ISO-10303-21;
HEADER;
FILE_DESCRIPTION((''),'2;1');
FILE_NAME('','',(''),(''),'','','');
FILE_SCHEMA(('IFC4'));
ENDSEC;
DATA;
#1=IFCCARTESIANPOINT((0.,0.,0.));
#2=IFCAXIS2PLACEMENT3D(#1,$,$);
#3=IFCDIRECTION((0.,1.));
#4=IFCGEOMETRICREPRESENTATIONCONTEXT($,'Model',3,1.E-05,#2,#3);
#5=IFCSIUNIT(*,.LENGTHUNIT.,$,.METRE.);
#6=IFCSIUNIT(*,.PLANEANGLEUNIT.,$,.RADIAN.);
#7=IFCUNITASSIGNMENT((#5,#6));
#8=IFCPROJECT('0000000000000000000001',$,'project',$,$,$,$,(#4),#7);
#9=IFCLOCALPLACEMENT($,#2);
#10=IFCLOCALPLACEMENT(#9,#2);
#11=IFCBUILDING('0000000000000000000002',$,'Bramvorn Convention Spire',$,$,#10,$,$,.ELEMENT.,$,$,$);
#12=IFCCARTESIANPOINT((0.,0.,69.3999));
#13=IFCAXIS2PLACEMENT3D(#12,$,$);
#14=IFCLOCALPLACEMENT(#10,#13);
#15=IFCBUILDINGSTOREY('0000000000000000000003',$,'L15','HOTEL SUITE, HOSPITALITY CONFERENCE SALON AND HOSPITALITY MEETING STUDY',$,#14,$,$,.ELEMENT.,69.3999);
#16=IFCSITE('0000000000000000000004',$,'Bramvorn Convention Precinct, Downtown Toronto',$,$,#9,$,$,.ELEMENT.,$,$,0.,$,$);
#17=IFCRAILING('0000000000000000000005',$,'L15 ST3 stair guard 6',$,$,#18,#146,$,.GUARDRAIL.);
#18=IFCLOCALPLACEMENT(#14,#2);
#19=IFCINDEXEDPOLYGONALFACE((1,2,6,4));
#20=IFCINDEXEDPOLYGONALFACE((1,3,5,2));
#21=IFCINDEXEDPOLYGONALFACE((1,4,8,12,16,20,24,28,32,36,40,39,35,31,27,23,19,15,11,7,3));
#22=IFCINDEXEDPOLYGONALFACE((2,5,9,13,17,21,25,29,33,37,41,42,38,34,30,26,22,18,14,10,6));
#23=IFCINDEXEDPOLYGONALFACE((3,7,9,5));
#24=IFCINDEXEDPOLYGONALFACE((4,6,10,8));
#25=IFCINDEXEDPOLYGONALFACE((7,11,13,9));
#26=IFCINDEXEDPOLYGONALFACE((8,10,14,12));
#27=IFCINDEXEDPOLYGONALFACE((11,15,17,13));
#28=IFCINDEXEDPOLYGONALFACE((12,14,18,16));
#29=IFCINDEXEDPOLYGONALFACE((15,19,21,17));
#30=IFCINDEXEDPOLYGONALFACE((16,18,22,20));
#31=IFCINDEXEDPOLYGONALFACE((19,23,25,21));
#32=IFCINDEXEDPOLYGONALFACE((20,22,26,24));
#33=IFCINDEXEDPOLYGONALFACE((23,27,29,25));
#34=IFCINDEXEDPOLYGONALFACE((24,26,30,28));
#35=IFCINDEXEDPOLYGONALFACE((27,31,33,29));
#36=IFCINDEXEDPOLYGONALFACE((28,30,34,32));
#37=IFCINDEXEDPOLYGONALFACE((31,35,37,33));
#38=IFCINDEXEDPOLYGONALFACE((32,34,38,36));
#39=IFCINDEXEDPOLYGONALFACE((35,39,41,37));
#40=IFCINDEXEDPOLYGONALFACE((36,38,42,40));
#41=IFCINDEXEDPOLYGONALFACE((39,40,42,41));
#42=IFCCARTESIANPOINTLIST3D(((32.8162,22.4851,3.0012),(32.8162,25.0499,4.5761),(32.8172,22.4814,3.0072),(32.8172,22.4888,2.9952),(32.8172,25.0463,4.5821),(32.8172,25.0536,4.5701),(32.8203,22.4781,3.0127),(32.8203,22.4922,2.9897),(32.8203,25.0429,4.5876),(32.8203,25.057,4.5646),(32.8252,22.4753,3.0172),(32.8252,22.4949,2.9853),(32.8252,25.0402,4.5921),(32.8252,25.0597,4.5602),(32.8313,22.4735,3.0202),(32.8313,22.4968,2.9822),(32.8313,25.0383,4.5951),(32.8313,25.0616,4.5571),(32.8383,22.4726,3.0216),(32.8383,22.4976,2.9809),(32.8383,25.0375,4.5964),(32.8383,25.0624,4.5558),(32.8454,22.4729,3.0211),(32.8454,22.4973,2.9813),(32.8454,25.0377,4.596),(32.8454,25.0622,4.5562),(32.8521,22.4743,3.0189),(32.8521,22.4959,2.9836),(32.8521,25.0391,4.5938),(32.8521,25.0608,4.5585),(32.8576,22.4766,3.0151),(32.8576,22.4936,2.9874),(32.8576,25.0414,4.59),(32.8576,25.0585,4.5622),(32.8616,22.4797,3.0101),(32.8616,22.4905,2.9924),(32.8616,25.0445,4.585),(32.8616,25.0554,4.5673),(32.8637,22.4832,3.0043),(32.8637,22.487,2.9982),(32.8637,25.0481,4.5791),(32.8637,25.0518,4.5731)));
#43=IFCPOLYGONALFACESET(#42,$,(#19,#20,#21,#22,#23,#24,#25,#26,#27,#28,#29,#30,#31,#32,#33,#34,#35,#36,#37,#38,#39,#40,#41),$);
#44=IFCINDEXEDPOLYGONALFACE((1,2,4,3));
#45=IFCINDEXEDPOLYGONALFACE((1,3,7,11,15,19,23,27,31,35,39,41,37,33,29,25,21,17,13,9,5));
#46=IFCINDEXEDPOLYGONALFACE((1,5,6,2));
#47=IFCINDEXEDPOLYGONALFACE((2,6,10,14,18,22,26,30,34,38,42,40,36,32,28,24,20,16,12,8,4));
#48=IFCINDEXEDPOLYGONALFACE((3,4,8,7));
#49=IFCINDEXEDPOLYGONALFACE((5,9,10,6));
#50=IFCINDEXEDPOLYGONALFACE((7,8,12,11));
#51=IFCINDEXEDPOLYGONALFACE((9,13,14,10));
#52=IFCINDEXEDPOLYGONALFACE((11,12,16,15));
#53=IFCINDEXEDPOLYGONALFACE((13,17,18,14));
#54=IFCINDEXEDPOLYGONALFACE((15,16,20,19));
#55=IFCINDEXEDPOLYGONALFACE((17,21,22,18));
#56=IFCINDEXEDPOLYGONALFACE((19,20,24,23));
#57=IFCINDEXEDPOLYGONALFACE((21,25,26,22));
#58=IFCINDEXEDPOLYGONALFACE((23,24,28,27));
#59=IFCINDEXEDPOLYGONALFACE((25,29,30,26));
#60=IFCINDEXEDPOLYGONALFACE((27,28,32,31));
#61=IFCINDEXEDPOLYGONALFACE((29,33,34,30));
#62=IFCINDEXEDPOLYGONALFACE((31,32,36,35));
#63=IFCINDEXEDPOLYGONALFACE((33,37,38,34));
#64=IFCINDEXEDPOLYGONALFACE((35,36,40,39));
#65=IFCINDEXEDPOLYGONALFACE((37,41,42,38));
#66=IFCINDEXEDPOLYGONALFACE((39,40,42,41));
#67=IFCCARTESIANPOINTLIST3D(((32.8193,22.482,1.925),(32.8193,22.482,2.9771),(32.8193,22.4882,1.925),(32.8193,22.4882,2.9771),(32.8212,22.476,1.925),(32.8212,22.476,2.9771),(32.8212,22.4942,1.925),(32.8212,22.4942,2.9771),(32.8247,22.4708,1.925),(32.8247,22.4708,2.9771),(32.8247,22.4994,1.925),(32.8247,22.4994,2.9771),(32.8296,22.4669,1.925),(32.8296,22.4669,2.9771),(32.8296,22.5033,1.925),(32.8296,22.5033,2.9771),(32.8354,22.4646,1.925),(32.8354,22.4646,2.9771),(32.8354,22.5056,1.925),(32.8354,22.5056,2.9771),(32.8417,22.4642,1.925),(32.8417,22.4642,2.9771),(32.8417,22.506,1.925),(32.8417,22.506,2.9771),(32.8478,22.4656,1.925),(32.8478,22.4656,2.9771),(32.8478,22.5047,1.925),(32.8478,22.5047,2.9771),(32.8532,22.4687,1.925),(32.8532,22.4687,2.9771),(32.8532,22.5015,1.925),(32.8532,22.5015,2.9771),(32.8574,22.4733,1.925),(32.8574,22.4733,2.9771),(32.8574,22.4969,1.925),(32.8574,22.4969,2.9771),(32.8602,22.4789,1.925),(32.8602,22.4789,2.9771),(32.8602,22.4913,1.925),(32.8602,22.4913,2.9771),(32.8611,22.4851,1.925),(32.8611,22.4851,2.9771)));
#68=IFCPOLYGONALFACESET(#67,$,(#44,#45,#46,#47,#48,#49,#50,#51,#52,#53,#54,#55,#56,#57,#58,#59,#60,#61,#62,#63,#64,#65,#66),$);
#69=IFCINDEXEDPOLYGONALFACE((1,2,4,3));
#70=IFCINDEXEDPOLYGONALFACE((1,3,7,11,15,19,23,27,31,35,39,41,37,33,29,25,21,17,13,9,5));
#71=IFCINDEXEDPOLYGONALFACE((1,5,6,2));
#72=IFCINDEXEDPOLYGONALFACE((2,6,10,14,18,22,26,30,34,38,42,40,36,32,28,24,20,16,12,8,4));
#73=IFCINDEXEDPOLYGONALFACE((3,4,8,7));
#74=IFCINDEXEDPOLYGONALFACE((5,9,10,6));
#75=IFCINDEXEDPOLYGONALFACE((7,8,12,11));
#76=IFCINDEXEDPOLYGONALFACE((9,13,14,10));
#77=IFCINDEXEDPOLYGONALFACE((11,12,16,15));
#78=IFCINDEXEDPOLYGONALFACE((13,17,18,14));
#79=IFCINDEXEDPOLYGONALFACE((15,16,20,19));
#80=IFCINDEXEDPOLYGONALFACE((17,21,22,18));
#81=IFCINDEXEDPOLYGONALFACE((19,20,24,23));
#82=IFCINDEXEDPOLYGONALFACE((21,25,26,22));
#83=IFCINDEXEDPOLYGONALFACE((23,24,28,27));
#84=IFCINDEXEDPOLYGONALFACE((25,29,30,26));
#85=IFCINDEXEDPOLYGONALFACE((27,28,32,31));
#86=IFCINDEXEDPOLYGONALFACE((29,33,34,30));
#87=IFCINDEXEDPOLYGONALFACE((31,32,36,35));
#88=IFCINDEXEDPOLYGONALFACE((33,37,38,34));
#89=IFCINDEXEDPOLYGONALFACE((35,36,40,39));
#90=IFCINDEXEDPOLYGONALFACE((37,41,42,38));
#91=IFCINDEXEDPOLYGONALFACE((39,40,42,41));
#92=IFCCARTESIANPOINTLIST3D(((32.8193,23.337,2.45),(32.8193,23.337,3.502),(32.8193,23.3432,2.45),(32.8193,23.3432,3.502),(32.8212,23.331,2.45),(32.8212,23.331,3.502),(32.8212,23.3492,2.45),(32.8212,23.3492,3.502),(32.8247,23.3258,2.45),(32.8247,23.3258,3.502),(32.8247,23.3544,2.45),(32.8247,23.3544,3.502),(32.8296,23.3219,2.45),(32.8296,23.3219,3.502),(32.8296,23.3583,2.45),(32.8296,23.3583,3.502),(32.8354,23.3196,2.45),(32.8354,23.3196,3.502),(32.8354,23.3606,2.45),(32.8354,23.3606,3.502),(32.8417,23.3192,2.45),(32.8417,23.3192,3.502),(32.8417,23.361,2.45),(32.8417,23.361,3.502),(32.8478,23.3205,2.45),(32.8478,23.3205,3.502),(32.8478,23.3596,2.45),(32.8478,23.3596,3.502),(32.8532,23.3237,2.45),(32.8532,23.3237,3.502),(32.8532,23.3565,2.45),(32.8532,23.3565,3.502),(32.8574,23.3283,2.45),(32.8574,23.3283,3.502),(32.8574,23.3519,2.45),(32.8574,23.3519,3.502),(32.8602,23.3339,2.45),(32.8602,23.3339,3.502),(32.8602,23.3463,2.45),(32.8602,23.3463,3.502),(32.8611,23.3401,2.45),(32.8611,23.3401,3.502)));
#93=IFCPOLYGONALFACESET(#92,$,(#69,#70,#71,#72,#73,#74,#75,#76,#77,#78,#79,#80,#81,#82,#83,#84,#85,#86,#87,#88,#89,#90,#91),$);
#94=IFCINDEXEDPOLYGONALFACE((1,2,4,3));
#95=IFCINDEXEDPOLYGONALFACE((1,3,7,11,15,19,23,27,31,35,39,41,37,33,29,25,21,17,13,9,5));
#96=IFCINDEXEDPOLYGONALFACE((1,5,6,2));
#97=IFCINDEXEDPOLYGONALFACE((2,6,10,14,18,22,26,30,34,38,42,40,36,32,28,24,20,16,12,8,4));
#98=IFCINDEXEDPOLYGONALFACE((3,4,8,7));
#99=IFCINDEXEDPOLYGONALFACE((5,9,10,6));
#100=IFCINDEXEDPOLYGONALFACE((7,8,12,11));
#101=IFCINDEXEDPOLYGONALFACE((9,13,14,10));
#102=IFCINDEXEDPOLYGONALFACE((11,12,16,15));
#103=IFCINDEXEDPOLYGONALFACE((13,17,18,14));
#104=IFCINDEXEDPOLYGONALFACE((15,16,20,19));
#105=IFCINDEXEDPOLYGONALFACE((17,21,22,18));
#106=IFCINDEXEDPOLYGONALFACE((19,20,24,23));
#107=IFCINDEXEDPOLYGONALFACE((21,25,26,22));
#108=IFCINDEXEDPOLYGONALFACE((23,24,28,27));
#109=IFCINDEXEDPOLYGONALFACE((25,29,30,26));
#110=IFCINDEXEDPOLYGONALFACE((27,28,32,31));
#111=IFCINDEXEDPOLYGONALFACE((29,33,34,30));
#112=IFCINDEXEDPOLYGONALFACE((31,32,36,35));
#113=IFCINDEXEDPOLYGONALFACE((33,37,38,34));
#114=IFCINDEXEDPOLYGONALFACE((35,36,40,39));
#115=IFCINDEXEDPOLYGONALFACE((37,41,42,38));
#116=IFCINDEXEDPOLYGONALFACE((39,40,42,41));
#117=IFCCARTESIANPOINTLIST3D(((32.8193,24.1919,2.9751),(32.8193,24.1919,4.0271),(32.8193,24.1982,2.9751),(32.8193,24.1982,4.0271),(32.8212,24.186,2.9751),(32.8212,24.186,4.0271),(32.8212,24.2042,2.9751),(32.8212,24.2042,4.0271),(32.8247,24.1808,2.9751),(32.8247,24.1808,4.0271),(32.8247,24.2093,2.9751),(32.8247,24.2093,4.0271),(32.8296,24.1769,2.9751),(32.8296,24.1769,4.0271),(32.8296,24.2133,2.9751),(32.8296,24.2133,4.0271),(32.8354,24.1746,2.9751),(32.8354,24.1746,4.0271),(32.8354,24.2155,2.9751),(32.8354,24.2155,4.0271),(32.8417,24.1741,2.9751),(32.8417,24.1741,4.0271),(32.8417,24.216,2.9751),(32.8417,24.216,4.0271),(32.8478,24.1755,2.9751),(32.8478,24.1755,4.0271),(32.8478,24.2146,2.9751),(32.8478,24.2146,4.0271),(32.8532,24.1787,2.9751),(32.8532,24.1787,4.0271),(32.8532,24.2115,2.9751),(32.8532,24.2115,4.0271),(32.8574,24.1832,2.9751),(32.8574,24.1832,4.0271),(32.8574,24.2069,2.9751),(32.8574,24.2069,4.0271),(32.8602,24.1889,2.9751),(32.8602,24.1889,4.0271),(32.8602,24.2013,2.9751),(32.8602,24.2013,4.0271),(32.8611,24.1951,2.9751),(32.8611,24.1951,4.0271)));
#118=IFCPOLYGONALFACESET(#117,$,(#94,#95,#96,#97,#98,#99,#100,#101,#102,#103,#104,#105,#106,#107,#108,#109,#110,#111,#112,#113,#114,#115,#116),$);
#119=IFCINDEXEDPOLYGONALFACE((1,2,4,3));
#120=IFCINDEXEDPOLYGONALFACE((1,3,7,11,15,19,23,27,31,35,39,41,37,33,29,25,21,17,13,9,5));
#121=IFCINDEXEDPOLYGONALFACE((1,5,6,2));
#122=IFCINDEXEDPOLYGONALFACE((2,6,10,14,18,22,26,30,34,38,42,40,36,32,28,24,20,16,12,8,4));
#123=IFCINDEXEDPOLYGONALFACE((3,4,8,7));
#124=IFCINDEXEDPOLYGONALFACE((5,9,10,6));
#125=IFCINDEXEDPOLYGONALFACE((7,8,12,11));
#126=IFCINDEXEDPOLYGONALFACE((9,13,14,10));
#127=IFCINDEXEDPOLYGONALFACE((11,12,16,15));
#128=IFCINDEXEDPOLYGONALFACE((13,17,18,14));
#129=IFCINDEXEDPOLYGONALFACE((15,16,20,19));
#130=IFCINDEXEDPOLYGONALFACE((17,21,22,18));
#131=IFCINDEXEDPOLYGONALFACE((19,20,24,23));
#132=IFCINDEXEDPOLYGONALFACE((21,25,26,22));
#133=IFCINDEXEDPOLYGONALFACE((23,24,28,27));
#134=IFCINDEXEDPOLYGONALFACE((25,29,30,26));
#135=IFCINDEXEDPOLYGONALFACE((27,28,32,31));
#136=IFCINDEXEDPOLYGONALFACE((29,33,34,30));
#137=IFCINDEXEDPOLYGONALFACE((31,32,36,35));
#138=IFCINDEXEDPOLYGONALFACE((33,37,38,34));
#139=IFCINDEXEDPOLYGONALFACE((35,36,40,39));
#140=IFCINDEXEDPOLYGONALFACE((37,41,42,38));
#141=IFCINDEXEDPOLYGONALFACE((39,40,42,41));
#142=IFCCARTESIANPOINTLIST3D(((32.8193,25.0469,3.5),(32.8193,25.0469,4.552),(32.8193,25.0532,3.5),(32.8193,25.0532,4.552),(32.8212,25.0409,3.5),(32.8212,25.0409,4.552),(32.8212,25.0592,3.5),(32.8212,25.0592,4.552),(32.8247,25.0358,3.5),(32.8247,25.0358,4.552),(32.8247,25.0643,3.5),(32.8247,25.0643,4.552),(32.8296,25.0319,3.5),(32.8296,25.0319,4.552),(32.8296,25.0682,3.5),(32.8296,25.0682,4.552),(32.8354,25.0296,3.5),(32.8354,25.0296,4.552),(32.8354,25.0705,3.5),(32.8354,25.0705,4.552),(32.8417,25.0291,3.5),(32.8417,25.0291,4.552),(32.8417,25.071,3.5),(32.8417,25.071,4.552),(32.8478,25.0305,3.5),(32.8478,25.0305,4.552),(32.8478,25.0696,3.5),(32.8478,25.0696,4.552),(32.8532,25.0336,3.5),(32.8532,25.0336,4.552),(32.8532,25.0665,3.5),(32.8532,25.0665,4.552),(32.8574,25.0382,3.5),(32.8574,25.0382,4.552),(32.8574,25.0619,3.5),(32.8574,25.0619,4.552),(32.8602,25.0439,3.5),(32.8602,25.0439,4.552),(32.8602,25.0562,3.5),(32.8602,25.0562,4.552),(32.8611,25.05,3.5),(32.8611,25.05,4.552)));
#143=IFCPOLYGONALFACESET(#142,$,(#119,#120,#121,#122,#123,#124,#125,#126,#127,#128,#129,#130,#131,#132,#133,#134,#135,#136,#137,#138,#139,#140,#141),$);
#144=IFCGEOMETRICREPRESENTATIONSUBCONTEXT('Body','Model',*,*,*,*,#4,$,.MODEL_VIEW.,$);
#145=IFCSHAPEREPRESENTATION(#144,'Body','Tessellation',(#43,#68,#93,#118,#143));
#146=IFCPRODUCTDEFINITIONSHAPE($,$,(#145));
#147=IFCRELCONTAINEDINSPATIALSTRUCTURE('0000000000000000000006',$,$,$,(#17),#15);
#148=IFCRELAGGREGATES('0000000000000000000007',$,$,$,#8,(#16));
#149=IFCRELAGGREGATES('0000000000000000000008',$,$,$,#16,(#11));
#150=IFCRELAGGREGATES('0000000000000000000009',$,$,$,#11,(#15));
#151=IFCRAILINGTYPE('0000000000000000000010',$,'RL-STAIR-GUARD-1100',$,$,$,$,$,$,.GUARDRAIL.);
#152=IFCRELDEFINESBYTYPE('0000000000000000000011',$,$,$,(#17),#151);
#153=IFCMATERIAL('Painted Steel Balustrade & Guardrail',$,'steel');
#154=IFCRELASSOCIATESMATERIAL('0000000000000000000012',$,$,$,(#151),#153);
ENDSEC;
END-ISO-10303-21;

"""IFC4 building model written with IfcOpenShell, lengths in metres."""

from ifc_helpers import new_model, si_unit, direction, frame, origin, origin_2d, place, context, subcontext, project, spatial, circle, extrude, material, type_object, element, save


model = new_model("IFC4")

# Units and contexts
model_context = context("Model", 3, precision=1e-05, world=origin(), true_north=direction((0.0, 1.0)))
body_context = subcontext(model_context, "Body", "Model", "MODEL_VIEW")
ifc_project = project(units=[si_unit("LENGTHUNIT", "METRE"), si_unit("PLANEANGLEUNIT", "RADIAN")], contexts=[model_context])

# Site, building, storey
site_placement = place(None, origin())
site = spatial("IfcSite", under=ifc_project, at=site_placement, Name="Bramvorn Convention Precinct, Downtown Toronto", CompositionType="ELEMENT", RefElevation=0.0)
building_placement = place(site_placement, origin())
building = spatial("IfcBuilding", under=site, at=building_placement, Name="Bramvorn Convention Spire", CompositionType="ELEMENT")
storey_placement = place(building_placement, frame((0.0, 0.0, 69.3999)))
storey = spatial("IfcBuildingStorey", under=building, at=storey_placement, Name="L15", Description="HOTEL SUITE, HOSPITALITY CONFERENCE SALON AND HOSPITALITY MEETING STUDY", CompositionType="ELEMENT", Elevation=69.3999)

# Railing
ifc_material_1 = material(Name="Painted Steel Balustrade & Guardrail", Category="steel")
railing_type_1 = type_object("IfcRailingType", Name="RL-STAIR-GUARD-1100", PredefinedType="GUARDRAIL", material=ifc_material_1)
railing_1_placement = place(storey_placement, frame((32.8401, 22.4851, 1.925)))
element("IfcRailing", 1, at=railing_1_placement, inside=storey, type_object=railing_type_1, Name="L15 ST3 stair guard 6", PredefinedType="GUARDRAIL", context=body_context, shape_type="SweptSolid", body=[
    extrude(circle(Radius=0.0239, at=origin_2d()), frame((0.0, 0.0, 1.0762), z_axis=(0.0, 0.852173, 0.52326), x_axis=(-1.0, 0.0, 0.0)), (0.0, 0.0, 1.0), 3.0098),
    extrude(circle(Radius=0.021, at=origin_2d()), origin(), (0.0, 0.0, 1.0), 1.052),
    extrude(circle(Radius=0.021, at=origin_2d()), frame((0.0, 0.855, 0.5249)), (0.0, 0.0, 1.0), 1.052),
    extrude(circle(Radius=0.021, at=origin_2d()), frame((0.0, 1.71, 1.05)), (0.0, 0.0, 1.0), 1.052),
    extrude(circle(Radius=0.021, at=origin_2d()), frame((0.0, 2.5649, 1.575)), (0.0, 0.0, 1.0), 1.052),
])

save(model, "model.ifc")
